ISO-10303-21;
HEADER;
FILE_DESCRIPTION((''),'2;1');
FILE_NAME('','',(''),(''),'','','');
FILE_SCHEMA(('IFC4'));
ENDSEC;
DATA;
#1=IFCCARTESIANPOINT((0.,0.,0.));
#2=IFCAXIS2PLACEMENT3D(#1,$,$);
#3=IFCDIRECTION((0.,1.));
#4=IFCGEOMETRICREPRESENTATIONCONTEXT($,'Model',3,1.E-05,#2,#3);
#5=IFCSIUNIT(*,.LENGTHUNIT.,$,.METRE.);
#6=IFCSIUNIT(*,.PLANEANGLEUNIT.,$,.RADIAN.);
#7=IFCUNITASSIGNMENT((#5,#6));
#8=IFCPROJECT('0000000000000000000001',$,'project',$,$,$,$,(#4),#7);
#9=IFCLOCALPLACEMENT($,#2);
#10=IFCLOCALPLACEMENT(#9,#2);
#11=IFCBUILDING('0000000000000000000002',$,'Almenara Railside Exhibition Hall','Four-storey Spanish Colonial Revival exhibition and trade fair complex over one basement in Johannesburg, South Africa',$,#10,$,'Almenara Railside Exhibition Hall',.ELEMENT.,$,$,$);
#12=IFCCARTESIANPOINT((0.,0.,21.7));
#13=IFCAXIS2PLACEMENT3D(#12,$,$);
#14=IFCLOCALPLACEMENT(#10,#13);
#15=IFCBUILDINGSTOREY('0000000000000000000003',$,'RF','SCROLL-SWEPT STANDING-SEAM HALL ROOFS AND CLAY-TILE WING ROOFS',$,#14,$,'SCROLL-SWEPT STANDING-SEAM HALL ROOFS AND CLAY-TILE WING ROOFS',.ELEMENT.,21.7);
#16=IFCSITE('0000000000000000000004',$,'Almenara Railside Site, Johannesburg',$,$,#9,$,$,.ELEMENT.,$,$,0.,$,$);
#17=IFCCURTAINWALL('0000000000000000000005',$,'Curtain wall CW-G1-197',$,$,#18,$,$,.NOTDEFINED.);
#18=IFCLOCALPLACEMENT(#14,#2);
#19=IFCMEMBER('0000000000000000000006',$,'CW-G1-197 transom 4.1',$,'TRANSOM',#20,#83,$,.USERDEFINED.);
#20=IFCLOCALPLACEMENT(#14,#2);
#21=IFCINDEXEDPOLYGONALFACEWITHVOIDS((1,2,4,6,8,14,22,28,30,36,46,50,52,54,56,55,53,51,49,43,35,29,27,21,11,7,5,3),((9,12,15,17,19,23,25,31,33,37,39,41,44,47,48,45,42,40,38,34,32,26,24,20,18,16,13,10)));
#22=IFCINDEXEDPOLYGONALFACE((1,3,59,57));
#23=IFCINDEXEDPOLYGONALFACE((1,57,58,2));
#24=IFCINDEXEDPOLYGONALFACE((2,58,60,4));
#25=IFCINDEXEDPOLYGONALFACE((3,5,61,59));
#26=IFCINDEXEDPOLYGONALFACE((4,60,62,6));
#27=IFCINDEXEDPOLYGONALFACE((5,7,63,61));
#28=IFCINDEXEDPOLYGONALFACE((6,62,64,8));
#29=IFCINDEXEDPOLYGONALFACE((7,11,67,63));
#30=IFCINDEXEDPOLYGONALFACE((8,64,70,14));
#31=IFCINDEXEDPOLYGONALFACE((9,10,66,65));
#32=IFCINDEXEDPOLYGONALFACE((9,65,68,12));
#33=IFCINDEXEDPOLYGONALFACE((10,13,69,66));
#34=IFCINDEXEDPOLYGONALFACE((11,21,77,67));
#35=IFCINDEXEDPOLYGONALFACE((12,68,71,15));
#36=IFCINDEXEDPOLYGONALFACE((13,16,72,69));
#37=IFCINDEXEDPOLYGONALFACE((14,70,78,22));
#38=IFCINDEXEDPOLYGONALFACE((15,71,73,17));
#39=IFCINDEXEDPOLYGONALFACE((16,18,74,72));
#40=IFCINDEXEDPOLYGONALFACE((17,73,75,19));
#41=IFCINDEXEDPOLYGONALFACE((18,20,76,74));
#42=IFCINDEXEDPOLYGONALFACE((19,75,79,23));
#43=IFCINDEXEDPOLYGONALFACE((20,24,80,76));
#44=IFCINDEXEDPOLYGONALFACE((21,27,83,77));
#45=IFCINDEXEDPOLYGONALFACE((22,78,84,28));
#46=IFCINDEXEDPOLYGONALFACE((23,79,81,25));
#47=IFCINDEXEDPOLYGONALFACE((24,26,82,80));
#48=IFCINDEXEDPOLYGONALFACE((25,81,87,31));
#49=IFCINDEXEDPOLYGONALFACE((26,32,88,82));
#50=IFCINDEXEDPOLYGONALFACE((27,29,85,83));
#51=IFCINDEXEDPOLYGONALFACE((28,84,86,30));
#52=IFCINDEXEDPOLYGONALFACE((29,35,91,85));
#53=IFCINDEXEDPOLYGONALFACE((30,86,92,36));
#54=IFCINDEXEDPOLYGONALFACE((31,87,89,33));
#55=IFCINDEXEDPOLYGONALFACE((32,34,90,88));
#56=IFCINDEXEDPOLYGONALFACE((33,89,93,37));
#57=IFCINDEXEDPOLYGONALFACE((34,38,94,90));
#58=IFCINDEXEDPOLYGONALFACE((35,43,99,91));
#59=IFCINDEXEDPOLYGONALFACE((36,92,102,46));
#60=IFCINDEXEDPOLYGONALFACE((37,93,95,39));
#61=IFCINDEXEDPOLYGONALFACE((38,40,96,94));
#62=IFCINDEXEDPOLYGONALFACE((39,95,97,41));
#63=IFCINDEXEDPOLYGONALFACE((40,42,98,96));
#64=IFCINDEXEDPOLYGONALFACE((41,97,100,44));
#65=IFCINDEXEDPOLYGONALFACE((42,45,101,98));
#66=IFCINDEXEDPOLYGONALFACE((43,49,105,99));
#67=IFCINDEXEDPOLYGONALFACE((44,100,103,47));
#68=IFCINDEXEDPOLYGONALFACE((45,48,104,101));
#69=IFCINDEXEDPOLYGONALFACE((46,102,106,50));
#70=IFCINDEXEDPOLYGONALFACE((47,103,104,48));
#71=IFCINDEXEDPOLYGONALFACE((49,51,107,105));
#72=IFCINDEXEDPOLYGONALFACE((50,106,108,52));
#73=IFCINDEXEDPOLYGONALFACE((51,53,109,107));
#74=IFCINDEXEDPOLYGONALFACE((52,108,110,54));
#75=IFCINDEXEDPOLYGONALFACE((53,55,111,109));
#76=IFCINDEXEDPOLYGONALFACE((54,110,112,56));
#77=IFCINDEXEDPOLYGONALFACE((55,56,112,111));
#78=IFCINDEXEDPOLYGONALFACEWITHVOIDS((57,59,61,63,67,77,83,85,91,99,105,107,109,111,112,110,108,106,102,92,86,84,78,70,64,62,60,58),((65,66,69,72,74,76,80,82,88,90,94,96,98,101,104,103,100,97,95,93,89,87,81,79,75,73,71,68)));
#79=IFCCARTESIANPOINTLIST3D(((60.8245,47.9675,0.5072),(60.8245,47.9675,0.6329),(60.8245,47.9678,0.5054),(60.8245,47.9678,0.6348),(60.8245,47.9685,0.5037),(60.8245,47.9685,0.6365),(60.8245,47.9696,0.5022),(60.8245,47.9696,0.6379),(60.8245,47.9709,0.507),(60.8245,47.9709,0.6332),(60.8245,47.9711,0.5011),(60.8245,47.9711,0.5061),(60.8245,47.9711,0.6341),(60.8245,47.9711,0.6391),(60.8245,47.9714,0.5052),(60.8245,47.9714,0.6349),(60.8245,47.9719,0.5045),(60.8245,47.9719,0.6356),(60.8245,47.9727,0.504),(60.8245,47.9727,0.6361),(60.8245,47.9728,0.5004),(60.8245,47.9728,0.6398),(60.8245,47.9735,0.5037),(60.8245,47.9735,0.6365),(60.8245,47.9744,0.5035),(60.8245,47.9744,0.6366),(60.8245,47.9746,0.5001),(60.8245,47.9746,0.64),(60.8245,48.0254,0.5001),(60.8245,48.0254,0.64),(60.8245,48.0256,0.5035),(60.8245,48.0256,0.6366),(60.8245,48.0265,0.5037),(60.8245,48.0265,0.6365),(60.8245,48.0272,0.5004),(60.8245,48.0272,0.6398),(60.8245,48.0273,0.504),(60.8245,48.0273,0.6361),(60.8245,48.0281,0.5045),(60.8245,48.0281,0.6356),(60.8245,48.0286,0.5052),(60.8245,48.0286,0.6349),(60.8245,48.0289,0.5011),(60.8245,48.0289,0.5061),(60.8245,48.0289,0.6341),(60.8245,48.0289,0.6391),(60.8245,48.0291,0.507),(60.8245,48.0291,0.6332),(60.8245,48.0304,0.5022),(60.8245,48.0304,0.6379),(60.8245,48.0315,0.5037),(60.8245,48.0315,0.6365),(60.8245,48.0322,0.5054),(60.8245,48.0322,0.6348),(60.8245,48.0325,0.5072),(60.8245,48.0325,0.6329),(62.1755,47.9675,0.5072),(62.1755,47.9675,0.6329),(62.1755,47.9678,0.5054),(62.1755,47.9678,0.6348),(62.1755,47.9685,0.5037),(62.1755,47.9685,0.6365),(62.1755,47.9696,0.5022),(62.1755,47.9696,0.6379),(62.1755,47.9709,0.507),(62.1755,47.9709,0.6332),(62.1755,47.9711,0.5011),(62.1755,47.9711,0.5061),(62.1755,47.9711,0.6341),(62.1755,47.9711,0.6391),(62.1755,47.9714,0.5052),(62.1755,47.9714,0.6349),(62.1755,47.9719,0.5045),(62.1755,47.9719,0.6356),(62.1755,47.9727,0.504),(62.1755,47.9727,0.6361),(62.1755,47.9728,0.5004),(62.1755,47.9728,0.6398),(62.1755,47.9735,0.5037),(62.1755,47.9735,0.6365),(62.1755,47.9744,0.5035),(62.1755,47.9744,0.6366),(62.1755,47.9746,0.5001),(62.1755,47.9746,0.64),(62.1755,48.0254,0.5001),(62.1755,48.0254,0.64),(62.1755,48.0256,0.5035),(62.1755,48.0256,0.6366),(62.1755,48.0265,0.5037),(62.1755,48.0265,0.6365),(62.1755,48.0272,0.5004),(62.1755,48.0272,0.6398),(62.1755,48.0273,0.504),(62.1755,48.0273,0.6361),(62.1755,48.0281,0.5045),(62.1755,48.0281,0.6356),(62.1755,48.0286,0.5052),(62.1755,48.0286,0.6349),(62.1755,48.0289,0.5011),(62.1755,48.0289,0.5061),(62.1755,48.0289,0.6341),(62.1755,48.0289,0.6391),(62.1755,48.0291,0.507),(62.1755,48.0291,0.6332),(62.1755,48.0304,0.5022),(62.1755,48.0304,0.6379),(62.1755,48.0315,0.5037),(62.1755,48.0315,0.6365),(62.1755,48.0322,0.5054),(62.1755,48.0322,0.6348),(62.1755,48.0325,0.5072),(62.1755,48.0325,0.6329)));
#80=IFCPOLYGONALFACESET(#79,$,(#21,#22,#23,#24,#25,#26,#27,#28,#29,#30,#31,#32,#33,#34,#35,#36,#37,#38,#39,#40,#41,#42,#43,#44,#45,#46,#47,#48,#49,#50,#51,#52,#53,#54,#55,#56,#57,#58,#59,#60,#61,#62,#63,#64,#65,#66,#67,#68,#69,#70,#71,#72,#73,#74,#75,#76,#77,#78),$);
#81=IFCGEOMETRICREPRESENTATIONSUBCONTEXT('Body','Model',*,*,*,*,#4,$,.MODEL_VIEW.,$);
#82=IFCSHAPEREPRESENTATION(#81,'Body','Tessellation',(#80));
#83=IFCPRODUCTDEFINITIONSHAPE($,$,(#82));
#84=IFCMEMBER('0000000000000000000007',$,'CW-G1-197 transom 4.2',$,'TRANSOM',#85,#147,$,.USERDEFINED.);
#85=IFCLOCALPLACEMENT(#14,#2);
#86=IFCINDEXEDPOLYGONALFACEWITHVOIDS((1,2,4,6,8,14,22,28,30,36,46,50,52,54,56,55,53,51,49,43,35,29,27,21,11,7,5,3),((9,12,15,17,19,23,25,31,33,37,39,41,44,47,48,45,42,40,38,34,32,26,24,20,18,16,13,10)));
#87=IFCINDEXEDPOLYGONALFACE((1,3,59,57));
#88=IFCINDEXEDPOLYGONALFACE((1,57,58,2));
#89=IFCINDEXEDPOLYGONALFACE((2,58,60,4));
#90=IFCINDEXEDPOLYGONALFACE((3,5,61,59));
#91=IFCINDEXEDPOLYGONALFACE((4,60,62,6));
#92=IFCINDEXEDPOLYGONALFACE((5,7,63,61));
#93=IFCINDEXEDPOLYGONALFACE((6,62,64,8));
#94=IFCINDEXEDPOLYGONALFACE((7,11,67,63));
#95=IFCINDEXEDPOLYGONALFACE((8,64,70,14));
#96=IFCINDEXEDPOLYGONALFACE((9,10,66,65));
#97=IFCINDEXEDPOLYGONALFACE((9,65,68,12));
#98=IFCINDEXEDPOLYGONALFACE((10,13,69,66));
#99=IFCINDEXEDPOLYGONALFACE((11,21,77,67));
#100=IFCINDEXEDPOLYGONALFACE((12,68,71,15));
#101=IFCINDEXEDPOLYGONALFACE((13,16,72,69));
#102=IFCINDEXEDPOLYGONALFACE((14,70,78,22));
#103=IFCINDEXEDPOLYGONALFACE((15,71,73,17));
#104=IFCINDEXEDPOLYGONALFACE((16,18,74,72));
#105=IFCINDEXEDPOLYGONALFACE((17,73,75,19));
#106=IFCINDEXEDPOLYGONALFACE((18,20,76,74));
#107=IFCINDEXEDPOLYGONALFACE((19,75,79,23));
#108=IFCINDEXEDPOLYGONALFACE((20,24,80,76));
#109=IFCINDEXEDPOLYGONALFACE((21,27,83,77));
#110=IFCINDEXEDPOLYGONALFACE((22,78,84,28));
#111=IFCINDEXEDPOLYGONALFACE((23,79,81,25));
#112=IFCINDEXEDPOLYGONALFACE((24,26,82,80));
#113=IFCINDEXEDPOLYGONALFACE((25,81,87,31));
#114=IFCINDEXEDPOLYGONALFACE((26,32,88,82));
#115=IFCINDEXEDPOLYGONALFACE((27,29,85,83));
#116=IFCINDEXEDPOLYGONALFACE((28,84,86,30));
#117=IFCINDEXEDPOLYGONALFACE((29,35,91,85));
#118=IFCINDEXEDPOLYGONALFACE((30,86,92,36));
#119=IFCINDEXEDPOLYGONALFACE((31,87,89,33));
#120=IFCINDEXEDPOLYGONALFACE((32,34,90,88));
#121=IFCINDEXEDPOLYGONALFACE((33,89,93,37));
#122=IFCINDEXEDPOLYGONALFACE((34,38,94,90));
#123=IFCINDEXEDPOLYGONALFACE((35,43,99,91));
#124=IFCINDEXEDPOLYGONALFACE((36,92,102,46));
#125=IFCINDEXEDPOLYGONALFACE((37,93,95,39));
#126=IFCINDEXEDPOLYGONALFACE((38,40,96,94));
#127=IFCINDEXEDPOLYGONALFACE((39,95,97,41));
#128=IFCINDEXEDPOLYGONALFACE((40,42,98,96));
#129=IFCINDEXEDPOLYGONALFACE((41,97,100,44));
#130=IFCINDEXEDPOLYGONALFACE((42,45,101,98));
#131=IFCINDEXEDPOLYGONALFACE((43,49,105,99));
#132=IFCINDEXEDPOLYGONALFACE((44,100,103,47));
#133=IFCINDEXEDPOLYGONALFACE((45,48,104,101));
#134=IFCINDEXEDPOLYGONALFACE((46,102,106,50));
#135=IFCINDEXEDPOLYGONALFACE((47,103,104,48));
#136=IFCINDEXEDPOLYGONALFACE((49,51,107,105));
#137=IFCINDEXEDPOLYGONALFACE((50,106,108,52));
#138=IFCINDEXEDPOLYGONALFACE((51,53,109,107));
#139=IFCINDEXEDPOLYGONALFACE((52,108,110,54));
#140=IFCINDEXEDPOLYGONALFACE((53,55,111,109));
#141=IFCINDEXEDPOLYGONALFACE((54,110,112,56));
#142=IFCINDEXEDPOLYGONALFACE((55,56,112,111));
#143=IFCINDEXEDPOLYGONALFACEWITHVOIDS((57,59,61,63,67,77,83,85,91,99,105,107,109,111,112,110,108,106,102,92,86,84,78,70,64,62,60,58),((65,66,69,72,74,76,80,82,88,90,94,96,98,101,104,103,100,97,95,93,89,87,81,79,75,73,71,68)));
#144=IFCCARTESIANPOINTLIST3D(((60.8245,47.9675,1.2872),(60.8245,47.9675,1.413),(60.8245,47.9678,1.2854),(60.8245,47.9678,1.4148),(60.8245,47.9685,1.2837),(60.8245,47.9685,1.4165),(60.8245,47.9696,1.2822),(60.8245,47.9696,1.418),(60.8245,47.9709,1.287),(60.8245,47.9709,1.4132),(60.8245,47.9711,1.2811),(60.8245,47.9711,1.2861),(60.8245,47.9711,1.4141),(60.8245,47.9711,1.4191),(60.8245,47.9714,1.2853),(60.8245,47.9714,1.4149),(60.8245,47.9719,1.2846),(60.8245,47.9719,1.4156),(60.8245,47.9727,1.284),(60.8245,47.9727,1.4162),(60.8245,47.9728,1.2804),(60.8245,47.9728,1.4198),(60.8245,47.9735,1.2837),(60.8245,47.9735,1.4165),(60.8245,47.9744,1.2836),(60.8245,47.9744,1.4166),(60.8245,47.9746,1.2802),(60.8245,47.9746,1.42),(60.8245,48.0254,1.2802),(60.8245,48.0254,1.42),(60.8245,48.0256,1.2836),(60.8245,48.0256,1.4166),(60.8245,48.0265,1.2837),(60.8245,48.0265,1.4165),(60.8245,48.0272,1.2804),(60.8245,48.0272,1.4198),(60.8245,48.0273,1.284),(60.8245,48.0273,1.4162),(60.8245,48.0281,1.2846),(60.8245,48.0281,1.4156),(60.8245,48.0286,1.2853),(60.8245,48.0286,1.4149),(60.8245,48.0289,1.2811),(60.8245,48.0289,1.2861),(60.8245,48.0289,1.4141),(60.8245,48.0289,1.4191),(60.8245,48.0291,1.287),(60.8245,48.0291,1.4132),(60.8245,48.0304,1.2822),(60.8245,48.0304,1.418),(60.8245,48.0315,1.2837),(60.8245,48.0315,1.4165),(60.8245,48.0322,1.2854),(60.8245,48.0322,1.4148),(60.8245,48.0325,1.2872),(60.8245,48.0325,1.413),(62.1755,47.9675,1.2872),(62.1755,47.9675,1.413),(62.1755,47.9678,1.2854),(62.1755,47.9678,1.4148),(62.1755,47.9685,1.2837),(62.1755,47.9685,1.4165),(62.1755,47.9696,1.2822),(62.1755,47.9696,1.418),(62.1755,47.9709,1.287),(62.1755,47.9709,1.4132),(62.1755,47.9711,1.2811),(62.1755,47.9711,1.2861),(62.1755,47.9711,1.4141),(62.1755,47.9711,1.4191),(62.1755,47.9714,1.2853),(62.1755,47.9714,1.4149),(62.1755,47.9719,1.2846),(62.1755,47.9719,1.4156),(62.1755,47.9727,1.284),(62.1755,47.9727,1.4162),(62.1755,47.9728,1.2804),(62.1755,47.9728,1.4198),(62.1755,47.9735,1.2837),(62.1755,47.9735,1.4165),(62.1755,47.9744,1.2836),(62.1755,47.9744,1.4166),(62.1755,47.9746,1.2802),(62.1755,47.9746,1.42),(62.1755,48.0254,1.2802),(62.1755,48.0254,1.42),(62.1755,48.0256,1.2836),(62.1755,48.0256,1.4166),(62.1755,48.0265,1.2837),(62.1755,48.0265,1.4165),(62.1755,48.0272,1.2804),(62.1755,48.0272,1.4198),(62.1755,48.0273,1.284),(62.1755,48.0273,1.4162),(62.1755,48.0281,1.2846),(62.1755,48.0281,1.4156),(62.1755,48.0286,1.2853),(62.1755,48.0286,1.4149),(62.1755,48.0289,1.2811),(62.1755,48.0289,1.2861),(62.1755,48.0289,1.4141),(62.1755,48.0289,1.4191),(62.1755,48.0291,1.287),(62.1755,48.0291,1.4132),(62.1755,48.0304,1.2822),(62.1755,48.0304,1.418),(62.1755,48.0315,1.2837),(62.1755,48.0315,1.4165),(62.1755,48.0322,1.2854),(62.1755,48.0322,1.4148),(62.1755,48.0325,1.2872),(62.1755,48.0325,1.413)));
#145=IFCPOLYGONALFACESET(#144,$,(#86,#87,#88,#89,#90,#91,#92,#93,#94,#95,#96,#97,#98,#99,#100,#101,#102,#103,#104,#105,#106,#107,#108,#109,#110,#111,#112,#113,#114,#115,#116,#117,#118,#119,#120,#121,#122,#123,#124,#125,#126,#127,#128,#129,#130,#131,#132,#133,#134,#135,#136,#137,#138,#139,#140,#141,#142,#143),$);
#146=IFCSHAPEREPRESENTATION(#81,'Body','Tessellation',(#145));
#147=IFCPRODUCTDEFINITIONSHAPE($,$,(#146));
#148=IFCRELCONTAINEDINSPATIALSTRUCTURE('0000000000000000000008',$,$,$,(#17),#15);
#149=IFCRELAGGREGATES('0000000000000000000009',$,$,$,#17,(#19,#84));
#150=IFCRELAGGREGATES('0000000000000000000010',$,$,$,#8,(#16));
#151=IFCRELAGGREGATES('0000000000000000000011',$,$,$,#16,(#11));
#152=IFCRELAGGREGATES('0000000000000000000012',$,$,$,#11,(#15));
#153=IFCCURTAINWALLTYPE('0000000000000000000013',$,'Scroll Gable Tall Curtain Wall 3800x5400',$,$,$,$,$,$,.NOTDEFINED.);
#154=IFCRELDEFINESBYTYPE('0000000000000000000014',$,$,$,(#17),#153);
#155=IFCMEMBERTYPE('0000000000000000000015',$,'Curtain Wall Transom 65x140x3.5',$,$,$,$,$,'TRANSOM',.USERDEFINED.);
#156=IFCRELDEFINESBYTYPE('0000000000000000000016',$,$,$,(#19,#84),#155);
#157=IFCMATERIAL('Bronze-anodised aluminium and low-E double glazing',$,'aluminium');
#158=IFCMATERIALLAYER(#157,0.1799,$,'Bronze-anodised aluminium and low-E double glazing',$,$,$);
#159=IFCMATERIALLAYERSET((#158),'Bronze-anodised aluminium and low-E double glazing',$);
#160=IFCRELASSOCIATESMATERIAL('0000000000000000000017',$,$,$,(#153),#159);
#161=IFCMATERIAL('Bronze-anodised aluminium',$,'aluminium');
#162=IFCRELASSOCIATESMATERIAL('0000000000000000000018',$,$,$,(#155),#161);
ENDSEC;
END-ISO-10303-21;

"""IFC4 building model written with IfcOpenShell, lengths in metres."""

from ifc_helpers import new_model, si_unit, direction, frame, origin, origin_2d, place, context, subcontext, project, spatial, hollow_rectangle, extrude, material, layer, layer_set, material_profile, profile_set, type_object, element, aggregate, save


model = new_model("IFC4")

# Units and contexts
model_context = context("Model", 3, precision=1e-05, world=origin(), true_north=direction((0.0, 1.0)))
body_context = subcontext(model_context, "Body", "Model", "MODEL_VIEW")
ifc_project = project(units=[si_unit("LENGTHUNIT", "METRE"), si_unit("PLANEANGLEUNIT", "RADIAN")], contexts=[model_context])

# Site, building, storey
site_placement = place(None, origin())
site = spatial("IfcSite", under=ifc_project, at=site_placement, Name="Almenara Railside Site, Johannesburg", CompositionType="ELEMENT", RefElevation=0.0)
building_placement = place(site_placement, origin())
building = spatial("IfcBuilding", under=site, at=building_placement, Name="Almenara Railside Exhibition Hall", Description="Four-storey Spanish Colonial Revival exhibition and trade fair complex over one basement in Johannesburg, South Africa", LongName="Almenara Railside Exhibition Hall", CompositionType="ELEMENT")
storey_placement = place(building_placement, frame((0.0, 0.0, 21.7)))
storey = spatial("IfcBuildingStorey", under=building, at=storey_placement, Name="RF", Description="SCROLL-SWEPT STANDING-SEAM HALL ROOFS AND CLAY-TILE WING ROOFS", LongName="SCROLL-SWEPT STANDING-SEAM HALL ROOFS AND CLAY-TILE WING ROOFS", CompositionType="ELEMENT", Elevation=21.7)

# Curtain wall, members
ifc_material_1 = material(Name="Bronze-anodised aluminium and low-E double glazing", Category="aluminium")
ifc_layer_1 = layer(ifc_material_1, 0.1799, Name="Bronze-anodised aluminium and low-E double glazing")
ifc_layer_set_1 = layer_set([ifc_layer_1], Name="Bronze-anodised aluminium and low-E double glazing")
curtain_wall_type = type_object("IfcCurtainWallType", Name="Scroll Gable Tall Curtain Wall 3800x5400", PredefinedType="NOTDEFINED", material=ifc_layer_set_1)
curtain_wall_placement = place(storey_placement, origin())
curtain_wall = element("IfcCurtainWall", 1, at=curtain_wall_placement, inside=storey, type_object=curtain_wall_type, Name="Curtain wall CW-G1-197", PredefinedType="NOTDEFINED")
ifc_material_2 = material(Name="Bronze-anodised aluminium", Category="aluminium")
ifc_material_profile_1 = material_profile(ifc_material_2, hollow_rectangle(XDim=0.0649, YDim=0.1399, WallThickness=0.0034, InnerFilletRadius=0.0034, OuterFilletRadius=0.0071, at=origin_2d()), Name="ALU-TRN 65x140x3.5")
ifc_profile_set_1 = profile_set([ifc_material_profile_1], Name="Bronze-anodised aluminium")
member_type_1 = type_object("IfcMemberType", Name="Curtain Wall Transom 65x140x3.5", ElementType="TRANSOM", PredefinedType="USERDEFINED", material=ifc_profile_set_1)
member_1_placement = place(storey_placement, frame((60.8245, 48.0, 0.5701), z_axis=(1.0, 0.0, 0.0), x_axis=(0.0, 1.0, 0.0)))
member_1 = element("IfcMember", 2, at=member_1_placement, type_object=member_type_1, Name="CW-G1-197 transom 4.1", ObjectType="TRANSOM", PredefinedType="USERDEFINED", context=body_context, shape_type="SweptSolid", body=[
    extrude(hollow_rectangle(XDim=0.0649, YDim=0.1399, WallThickness=0.0034, InnerFilletRadius=0.0034, OuterFilletRadius=0.0071, at=origin_2d()), origin(), (0.0, 0.0, 1.0), 1.3511),
])
member_2_placement = place(storey_placement, frame((60.8245, 48.0, 1.3501), z_axis=(1.0, 0.0, 0.0), x_axis=(0.0, 1.0, 0.0)))
member_2 = element("IfcMember", 3, at=member_2_placement, type_object=member_type_1, Name="CW-G1-197 transom 4.2", ObjectType="TRANSOM", PredefinedType="USERDEFINED", context=body_context, shape_type="SweptSolid", body=[
    extrude(hollow_rectangle(XDim=0.0649, YDim=0.1399, WallThickness=0.0034, InnerFilletRadius=0.0034, OuterFilletRadius=0.0071, at=origin_2d()), origin(), (0.0, 0.0, 1.0), 1.3511),
])

aggregate(curtain_wall, [member_1, member_2])

save(model, "model.ifc")
